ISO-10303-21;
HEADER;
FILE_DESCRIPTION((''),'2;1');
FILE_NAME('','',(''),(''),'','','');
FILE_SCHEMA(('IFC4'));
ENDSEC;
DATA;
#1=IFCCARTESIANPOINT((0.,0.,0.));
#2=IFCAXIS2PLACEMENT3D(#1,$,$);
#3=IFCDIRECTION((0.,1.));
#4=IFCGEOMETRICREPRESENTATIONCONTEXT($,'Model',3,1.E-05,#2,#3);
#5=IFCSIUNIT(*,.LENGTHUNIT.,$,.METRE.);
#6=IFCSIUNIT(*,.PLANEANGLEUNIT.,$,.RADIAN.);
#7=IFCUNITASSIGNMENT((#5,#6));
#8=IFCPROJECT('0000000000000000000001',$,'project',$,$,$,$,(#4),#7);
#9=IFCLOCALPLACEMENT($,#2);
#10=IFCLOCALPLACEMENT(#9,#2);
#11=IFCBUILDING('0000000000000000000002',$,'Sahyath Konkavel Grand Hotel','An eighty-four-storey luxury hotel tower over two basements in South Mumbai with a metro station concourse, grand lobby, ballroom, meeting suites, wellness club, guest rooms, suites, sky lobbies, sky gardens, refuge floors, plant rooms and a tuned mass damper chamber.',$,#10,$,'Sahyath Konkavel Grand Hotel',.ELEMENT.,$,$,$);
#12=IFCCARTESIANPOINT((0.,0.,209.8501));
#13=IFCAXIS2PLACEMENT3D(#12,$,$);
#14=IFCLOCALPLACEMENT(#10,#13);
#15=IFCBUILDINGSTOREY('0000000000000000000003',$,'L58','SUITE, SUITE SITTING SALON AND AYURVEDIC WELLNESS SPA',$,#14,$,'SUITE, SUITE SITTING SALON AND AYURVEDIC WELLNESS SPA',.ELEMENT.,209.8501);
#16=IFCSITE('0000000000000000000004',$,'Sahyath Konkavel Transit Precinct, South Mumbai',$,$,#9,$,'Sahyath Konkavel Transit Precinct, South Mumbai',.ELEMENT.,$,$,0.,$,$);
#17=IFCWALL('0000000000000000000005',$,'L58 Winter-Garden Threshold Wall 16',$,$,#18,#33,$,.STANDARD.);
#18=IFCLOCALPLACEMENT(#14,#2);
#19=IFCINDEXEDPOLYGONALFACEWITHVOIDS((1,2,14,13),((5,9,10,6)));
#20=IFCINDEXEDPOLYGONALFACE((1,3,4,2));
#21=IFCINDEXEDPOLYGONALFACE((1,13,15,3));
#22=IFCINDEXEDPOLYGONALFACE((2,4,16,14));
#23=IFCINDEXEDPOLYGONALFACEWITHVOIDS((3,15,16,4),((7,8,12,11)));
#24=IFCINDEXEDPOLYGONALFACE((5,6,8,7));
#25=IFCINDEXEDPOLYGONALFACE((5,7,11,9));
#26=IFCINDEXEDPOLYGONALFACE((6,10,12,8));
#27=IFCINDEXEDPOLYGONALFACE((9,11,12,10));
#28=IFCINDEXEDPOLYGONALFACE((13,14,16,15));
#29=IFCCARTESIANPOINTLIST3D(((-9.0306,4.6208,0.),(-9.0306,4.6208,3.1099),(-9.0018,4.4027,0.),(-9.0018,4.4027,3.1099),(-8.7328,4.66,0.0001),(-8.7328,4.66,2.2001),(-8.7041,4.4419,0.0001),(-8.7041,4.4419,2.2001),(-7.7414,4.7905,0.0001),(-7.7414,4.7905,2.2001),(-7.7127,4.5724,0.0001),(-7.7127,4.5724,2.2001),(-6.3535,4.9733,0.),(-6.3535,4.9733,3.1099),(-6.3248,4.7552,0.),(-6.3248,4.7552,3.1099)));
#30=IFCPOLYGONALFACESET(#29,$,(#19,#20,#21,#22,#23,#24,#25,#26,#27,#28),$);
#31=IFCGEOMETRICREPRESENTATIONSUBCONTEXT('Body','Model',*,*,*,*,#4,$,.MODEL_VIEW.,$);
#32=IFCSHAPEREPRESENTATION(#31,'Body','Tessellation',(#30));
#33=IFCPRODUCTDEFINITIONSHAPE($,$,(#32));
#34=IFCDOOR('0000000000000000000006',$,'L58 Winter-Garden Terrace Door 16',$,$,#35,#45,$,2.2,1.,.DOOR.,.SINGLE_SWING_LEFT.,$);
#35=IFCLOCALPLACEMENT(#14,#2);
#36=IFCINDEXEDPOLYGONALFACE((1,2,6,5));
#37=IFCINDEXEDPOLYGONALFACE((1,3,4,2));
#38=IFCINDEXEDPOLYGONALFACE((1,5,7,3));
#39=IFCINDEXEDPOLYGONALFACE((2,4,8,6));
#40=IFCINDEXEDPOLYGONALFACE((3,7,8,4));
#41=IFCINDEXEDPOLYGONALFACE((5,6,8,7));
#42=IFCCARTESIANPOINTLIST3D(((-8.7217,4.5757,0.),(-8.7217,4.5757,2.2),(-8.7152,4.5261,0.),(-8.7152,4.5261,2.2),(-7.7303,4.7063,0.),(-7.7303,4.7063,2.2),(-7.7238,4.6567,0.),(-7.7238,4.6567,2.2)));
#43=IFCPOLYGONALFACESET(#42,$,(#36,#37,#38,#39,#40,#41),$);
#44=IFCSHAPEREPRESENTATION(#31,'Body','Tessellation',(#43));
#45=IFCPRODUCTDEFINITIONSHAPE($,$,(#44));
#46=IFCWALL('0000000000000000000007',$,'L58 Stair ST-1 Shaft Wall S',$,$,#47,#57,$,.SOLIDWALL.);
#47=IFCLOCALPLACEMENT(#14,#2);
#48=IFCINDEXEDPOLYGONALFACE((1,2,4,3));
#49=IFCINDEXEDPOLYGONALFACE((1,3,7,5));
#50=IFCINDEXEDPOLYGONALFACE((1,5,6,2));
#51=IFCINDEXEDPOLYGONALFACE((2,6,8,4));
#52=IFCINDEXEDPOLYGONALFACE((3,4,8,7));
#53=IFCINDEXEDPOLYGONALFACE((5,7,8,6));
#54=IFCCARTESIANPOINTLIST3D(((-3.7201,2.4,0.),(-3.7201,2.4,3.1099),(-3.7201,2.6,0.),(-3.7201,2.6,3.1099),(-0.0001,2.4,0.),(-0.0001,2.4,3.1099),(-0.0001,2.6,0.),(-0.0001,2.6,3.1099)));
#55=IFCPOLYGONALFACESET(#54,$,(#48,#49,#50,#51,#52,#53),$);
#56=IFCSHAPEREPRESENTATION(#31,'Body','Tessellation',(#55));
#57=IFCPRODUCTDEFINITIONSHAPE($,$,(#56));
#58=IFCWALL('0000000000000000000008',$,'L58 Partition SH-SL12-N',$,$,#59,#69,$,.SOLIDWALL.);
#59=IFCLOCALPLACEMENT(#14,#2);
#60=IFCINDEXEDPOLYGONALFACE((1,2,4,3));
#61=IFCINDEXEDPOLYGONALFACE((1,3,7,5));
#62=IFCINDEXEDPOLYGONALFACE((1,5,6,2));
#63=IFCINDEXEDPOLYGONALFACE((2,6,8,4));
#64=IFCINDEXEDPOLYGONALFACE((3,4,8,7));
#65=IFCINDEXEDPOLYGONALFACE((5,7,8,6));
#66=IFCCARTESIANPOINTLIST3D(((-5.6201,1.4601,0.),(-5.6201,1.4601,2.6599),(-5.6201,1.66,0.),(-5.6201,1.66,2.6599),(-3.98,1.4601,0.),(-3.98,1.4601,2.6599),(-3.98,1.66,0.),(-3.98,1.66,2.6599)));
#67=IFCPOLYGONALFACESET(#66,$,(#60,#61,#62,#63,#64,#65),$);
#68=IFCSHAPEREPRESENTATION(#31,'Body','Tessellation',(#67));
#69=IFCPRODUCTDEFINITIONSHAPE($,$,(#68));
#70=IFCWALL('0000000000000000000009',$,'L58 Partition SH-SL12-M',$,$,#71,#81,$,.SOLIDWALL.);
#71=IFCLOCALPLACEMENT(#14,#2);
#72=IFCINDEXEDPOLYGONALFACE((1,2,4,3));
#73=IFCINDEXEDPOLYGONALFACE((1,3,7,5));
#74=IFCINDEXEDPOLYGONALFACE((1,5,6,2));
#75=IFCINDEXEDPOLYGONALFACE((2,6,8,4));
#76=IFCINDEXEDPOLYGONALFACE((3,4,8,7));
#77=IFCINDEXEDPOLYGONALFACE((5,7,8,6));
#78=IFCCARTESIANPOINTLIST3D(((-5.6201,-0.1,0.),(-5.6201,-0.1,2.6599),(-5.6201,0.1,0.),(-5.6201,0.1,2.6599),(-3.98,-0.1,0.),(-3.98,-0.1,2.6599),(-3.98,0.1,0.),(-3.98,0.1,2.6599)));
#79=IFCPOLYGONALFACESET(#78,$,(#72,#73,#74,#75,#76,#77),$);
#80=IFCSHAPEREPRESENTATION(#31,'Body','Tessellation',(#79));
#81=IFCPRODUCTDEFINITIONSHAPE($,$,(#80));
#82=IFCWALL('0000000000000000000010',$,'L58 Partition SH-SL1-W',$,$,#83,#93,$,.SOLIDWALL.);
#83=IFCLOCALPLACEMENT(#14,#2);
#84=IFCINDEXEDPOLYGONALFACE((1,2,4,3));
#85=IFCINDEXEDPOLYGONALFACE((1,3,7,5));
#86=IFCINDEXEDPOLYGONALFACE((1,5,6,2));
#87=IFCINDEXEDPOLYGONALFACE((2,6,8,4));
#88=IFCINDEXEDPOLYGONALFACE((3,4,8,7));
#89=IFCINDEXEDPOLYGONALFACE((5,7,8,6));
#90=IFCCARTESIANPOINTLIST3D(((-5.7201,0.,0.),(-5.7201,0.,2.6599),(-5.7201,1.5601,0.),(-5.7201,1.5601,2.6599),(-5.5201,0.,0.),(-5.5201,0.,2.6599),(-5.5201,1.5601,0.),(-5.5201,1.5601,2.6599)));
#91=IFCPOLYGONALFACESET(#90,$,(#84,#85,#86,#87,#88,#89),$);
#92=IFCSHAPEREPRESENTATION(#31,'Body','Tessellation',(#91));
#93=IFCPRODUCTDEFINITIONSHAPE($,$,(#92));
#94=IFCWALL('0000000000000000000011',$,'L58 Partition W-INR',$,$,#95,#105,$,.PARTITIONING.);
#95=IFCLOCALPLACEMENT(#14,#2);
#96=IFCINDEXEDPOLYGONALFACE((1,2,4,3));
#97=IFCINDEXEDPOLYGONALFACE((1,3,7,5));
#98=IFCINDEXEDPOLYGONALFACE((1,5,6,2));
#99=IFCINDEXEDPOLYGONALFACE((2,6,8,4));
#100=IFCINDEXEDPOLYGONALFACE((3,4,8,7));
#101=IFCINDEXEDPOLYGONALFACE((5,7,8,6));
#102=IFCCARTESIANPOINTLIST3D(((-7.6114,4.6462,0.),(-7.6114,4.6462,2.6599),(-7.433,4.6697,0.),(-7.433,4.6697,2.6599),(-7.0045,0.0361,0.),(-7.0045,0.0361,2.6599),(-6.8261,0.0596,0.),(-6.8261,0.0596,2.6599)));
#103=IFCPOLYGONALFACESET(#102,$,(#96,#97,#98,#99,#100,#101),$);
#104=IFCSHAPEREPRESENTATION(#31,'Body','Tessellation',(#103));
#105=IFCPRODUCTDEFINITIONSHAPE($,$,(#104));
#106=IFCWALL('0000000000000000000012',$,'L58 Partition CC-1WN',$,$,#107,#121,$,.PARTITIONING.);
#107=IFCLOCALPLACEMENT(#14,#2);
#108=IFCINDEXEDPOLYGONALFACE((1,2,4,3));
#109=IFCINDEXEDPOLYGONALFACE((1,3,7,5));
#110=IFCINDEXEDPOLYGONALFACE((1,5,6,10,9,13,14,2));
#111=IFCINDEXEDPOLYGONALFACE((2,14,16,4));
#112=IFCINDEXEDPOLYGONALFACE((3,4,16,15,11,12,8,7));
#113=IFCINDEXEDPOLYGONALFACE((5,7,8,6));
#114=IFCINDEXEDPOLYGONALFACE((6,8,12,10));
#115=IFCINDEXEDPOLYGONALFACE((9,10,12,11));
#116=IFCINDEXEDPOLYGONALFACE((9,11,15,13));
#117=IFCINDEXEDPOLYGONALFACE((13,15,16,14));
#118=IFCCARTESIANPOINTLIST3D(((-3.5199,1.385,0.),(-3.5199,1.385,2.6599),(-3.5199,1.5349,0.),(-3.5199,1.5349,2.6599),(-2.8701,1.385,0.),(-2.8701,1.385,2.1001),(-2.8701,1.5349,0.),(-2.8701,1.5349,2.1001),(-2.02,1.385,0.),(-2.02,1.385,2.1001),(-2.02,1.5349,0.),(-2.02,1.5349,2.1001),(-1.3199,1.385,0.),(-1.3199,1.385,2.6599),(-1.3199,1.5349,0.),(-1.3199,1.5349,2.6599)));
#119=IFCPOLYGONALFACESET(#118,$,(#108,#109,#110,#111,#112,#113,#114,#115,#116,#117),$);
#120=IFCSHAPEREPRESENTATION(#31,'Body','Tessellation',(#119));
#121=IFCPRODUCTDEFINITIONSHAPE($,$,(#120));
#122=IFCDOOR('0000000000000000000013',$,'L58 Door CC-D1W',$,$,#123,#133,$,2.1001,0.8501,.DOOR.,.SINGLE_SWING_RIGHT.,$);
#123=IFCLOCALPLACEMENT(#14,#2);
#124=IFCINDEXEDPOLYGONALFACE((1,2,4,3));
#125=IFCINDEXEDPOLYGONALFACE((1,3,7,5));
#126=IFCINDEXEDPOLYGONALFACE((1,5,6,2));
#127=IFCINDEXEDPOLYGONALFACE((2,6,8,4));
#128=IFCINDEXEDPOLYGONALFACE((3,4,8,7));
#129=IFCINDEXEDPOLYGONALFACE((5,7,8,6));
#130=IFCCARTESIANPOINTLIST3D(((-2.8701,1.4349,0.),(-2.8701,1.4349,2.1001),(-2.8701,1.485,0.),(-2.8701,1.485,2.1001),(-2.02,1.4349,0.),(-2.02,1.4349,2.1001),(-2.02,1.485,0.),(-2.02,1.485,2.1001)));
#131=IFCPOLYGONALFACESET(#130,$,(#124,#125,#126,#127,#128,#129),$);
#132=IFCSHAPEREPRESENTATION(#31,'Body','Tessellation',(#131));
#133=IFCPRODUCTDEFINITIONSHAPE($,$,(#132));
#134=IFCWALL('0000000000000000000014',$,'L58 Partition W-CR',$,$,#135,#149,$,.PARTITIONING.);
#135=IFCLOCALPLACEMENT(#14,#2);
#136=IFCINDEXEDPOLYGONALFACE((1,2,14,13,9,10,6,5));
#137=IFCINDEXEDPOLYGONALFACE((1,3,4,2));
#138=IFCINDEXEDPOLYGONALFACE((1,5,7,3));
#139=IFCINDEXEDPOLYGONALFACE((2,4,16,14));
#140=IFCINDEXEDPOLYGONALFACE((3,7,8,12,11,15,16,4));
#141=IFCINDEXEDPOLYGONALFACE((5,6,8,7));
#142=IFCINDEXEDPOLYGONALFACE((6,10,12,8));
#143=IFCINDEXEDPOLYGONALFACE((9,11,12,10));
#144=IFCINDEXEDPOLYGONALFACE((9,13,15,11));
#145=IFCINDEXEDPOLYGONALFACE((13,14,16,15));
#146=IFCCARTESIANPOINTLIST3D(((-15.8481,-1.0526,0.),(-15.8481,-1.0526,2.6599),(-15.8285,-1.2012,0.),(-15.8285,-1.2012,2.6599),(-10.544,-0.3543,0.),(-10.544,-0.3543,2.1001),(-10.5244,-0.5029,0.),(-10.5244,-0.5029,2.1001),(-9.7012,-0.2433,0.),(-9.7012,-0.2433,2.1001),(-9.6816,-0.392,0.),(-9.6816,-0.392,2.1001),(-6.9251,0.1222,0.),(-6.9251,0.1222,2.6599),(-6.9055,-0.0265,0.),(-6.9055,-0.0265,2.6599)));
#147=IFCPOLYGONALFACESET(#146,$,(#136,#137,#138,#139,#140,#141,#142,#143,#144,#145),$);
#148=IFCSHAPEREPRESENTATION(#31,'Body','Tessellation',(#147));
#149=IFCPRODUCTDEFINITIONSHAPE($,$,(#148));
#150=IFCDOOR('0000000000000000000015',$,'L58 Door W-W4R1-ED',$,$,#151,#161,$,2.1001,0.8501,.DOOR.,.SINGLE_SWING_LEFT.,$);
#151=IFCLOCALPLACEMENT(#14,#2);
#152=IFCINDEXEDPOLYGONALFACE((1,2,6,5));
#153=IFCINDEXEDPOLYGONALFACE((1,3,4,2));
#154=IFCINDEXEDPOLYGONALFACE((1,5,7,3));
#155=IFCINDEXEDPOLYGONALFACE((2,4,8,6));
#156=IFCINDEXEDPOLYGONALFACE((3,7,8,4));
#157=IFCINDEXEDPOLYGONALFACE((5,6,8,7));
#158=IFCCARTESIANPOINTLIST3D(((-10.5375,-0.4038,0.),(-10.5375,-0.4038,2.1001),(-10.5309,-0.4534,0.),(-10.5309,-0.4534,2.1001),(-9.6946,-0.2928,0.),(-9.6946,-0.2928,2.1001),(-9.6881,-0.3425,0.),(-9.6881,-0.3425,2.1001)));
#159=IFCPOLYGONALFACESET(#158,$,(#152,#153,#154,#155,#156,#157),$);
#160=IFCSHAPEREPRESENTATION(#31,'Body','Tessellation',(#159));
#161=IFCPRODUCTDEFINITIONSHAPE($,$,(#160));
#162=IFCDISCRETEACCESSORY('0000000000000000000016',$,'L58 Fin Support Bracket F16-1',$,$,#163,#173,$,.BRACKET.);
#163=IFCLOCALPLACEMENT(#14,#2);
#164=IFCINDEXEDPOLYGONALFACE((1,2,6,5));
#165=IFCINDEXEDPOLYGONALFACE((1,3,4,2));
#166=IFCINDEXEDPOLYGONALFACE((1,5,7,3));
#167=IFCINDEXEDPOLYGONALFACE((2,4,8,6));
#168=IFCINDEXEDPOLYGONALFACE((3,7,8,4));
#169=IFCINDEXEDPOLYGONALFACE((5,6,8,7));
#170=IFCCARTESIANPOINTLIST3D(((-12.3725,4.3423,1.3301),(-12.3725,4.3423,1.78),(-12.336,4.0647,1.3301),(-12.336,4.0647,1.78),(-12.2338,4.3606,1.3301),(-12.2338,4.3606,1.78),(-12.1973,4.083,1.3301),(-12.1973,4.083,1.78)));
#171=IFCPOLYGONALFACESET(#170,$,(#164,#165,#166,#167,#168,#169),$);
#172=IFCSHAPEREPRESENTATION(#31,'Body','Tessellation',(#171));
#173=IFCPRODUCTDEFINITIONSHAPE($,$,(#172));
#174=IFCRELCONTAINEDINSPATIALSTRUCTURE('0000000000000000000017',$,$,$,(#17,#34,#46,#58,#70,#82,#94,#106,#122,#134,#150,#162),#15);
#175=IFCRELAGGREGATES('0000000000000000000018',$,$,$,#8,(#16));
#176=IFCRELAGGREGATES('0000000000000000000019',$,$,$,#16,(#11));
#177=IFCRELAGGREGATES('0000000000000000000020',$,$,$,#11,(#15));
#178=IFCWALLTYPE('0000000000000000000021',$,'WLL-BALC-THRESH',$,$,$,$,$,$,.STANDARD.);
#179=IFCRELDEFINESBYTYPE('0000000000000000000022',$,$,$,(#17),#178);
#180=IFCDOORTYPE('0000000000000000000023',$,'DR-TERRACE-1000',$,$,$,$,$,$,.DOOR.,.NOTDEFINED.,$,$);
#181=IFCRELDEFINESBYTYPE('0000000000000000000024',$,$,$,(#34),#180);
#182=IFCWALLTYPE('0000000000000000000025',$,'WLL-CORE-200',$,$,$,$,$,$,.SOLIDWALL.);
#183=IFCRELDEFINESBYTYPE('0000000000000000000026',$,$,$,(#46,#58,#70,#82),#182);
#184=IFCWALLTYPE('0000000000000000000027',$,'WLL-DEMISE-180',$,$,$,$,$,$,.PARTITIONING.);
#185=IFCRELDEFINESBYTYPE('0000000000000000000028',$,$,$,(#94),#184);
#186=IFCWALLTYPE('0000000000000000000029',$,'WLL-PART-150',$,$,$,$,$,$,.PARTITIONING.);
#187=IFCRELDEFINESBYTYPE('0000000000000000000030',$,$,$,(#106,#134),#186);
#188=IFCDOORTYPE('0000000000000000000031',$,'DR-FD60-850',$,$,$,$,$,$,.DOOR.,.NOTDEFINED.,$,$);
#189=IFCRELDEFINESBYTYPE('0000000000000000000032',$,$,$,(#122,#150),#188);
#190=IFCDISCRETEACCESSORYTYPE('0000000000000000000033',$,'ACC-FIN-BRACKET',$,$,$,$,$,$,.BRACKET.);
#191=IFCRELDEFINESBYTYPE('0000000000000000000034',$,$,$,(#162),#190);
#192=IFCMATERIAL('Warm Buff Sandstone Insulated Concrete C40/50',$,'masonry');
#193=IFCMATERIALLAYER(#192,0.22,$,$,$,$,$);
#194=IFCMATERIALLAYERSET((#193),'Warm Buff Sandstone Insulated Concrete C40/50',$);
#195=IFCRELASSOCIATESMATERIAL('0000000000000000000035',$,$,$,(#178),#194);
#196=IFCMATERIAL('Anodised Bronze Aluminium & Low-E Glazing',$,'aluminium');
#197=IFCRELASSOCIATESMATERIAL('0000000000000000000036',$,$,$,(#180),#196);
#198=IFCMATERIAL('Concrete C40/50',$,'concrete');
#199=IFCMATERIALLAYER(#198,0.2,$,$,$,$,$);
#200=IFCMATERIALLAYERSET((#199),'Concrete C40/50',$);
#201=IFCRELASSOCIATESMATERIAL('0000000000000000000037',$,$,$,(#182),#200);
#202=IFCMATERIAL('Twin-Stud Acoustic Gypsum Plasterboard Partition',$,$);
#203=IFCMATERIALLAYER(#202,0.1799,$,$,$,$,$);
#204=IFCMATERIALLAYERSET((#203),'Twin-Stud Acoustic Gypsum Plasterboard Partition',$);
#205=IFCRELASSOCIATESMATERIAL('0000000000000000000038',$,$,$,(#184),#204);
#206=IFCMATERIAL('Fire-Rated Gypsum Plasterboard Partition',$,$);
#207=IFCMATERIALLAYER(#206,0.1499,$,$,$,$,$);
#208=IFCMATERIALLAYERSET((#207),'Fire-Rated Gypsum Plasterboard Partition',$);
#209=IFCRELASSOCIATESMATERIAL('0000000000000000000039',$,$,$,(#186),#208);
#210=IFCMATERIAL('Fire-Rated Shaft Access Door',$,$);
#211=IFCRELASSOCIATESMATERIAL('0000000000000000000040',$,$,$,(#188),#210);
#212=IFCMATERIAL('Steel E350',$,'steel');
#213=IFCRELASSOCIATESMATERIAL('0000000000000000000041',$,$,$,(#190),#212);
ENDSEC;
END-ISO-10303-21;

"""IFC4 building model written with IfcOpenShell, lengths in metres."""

from ifc_helpers import new_model, si_unit, direction, frame, frame_2d, origin, origin_2d, place, context, subcontext, project, spatial, rectangle, extrude, source, transform, mapped, material, layer, layer_set, type_object, element, fill, save


model = new_model("IFC4")

# Units and contexts
model_context = context("Model", 3, precision=1e-05, world=origin(), true_north=direction((0.0, 1.0)))
body_context = subcontext(model_context, "Body", "Model", "MODEL_VIEW")
ifc_project = project(units=[si_unit("LENGTHUNIT", "METRE"), si_unit("PLANEANGLEUNIT", "RADIAN")], contexts=[model_context])

# Site, building, storey
site_placement = place(None, origin())
site = spatial("IfcSite", under=ifc_project, at=site_placement, Name="Sahyath Konkavel Transit Precinct, South Mumbai", LongName="Sahyath Konkavel Transit Precinct, South Mumbai", CompositionType="ELEMENT", RefElevation=0.0)
building_placement = place(site_placement, origin())
building = spatial("IfcBuilding", under=site, at=building_placement, Name="Sahyath Konkavel Grand Hotel", Description="An eighty-four-storey luxury hotel tower over two basements in South Mumbai with a metro station concourse, grand lobby, ballroom, meeting suites, wellness club, guest rooms, suites, sky lobbies, sky gardens, refuge floors, plant rooms and a tuned mass damper chamber.", LongName="Sahyath Konkavel Grand Hotel", CompositionType="ELEMENT")
storey_placement = place(building_placement, frame((0.0, 0.0, 209.8501)))
storey = spatial("IfcBuildingStorey", under=building, at=storey_placement, Name="L58", Description="SUITE, SUITE SITTING SALON AND AYURVEDIC WELLNESS SPA", LongName="SUITE, SUITE SITTING SALON AND AYURVEDIC WELLNESS SPA", CompositionType="ELEMENT", Elevation=209.8501)

# Shared definitions
ifc_material_1 = material(Name="Concrete C40/50", Category="concrete")

# Shared definitions
ifc_material_2 = material(Name="Steel E350", Category="steel")

# Shared definitions
ifc_material_3 = material(Name="Anodised Bronze Aluminium & Low-E Glazing", Category="aluminium")

# Wall, opening, door
ifc_material_4 = material(Name="Warm Buff Sandstone Insulated Concrete C40/50", Category="masonry")
ifc_layer_1 = layer(ifc_material_4, 0.22)
ifc_layer_set_1 = layer_set([ifc_layer_1], Name="Warm Buff Sandstone Insulated Concrete C40/50")
wall_type_1 = type_object("IfcWallType", Name="WLL-BALC-THRESH", PredefinedType="STANDARD", material=ifc_layer_set_1)
wall_1_placement = place(storey_placement, frame((-6.3391, 4.8643, 0.0), z_axis=(0.0, 0.0, 1.0), x_axis=(-0.99144, -0.130564, 0.0)))
wall_1 = element("IfcWall", 1, at=wall_1_placement, inside=storey, type_object=wall_type_1, Name="L58 Winter-Garden Threshold Wall 16", PredefinedType="STANDARD", context=body_context, shape_type="SweptSolid", body=[
    extrude(rectangle(XDim=2.7002, YDim=0.22, at=frame_2d((1.3501, 0.0))), origin(), (0.0, 0.0, 1.0), 3.1099),
])
opening_1_placement = place(wall_1_placement, frame((1.3999, 0.0, 0.0)))
opening_1 = element("IfcOpeningElement", 2, at=opening_1_placement, cuts=wall_1, PredefinedType="OPENING", context=body_context, shape_type="SweptSolid", body=[
    extrude(rectangle(XDim=1.0, YDim=2.2, at=frame_2d((0.5, 1.1001))), frame((0.0, 0.1201, 0.0), z_axis=(0.0, -1.0, 0.0), x_axis=(1.0, 0.0, 0.0)), (0.0, 0.0, 1.0), 0.24),
])
door_type_1 = type_object("IfcDoorType", Name="DR-TERRACE-1000", OperationType="NOTDEFINED", PredefinedType="DOOR", material=ifc_material_3)
shared_shape_1 = source(origin(), body_context, "Body", "SweptSolid", [
    extrude(rectangle(XDim=1.0, YDim=0.05, at=origin_2d()), origin(), (0.0, 0.0, 1.0), 2.2),
])
door_1_placement = place(opening_1_placement, frame((0.5, 0.0, 0.0)))
door_1 = element("IfcDoor", 3, at=door_1_placement, inside=storey, type_object=door_type_1, Name="L58 Winter-Garden Terrace Door 16", OperationType="SINGLE_SWING_LEFT", OverallHeight=2.2, OverallWidth=1.0, PredefinedType="DOOR", context=body_context, shape_type="MappedRepresentation", body=[
    mapped(shared_shape_1, transform((0.0, 0.0, 0.0), scale=1.0)),
])
fill(opening_1, door_1)

# Walls
ifc_layer_2 = layer(ifc_material_1, 0.2)
ifc_layer_set_2 = layer_set([ifc_layer_2], Name="Concrete C40/50")
wall_type_2 = type_object("IfcWallType", Name="WLL-CORE-200", PredefinedType="SOLIDWALL", material=ifc_layer_set_2)
wall_2_placement = place(storey_placement, frame((-3.72, 2.5, 0.0), z_axis=(0.0, 0.0, 1.0), x_axis=(1.0, 0.0, 0.0)))
element("IfcWall", 4, at=wall_2_placement, inside=storey, type_object=wall_type_2, Name="L58 Stair ST-1 Shaft Wall S", PredefinedType="SOLIDWALL", context=body_context, shape_type="SweptSolid", body=[
    extrude(rectangle(XDim=3.72, YDim=0.2, at=frame_2d((1.8599, 0.0))), origin(), (0.0, 0.0, 1.0), 3.1099),
])
for number, where, z_axis, x_axis, name in (
    (5, (-5.6201, 1.5601, 0.0), (0.0, 0.0, 1.0), (1.0, 0.0, 0.0), "L58 Partition SH-SL12-N"),
    (6, (-5.6201, 0.0, 0.0), (0.0, 0.0, 1.0), (1.0, 0.0, 0.0), "L58 Partition SH-SL12-M"),
):
    element("IfcWall", number, at=place(storey_placement, frame(where, z_axis=z_axis, x_axis=x_axis)), inside=storey, type_object=wall_type_2, Name=name, PredefinedType="SOLIDWALL", context=body_context, shape_type="SweptSolid", body=[
        extrude(rectangle(XDim=1.6401, YDim=0.2, at=frame_2d((0.8201, 0.0))), origin(), (0.0, 0.0, 1.0), 2.6599),
    ])
wall_3_placement = place(storey_placement, frame((-5.6201, 0.0, 0.0), z_axis=(0.0, 0.0, 1.0), x_axis=(0.0, 1.0, 0.0)))
element("IfcWall", 7, at=wall_3_placement, inside=storey, type_object=wall_type_2, Name="L58 Partition SH-SL1-W", PredefinedType="SOLIDWALL", context=body_context, shape_type="SweptSolid", body=[
    extrude(rectangle(XDim=1.5601, YDim=0.2, at=frame_2d((0.78, 0.0))), origin(), (0.0, 0.0, 1.0), 2.6599),
])
ifc_material_5 = material(Name="Twin-Stud Acoustic Gypsum Plasterboard Partition")
ifc_layer_3 = layer(ifc_material_5, 0.1799)
ifc_layer_set_3 = layer_set([ifc_layer_3], Name="Twin-Stud Acoustic Gypsum Plasterboard Partition")
wall_type_3 = type_object("IfcWallType", Name="WLL-DEMISE-180", PredefinedType="PARTITIONING", material=ifc_layer_set_3)
wall_4_placement = place(storey_placement, frame((-7.5222, 4.658, 0.0), z_axis=(0.0, 0.0, 1.0), x_axis=(0.130526, -0.991445, 0.0)))
element("IfcWall", 8, at=wall_4_placement, inside=storey, type_object=wall_type_3, Name="L58 Partition W-INR", PredefinedType="PARTITIONING", context=body_context, shape_type="SweptSolid", body=[
    extrude(rectangle(XDim=4.6499, YDim=0.1799, at=frame_2d((2.325, 0.0))), origin(), (0.0, 0.0, 1.0), 2.6599),
])

# Walls, openings, doors
ifc_material_6 = material(Name="Fire-Rated Gypsum Plasterboard Partition")
ifc_layer_4 = layer(ifc_material_6, 0.1499)
ifc_layer_set_4 = layer_set([ifc_layer_4], Name="Fire-Rated Gypsum Plasterboard Partition")
wall_type_4 = type_object("IfcWallType", Name="WLL-PART-150", PredefinedType="PARTITIONING", material=ifc_layer_set_4)
wall_5_placement = place(storey_placement, frame((-3.52, 1.46, 0.0), z_axis=(0.0, 0.0, 1.0), x_axis=(1.0, 0.0, 0.0)))
wall_5 = element("IfcWall", 9, at=wall_5_placement, inside=storey, type_object=wall_type_4, Name="L58 Partition CC-1WN", PredefinedType="PARTITIONING", context=body_context, shape_type="SweptSolid", body=[
    extrude(rectangle(XDim=2.2, YDim=0.1499, at=frame_2d((1.1001, 0.0))), origin(), (0.0, 0.0, 1.0), 2.6599),
])
opening_2_placement = place(wall_5_placement, frame((0.6499, 0.0, 0.0)))
opening_2 = element("IfcOpeningElement", 10, at=opening_2_placement, cuts=wall_5, PredefinedType="OPENING", context=body_context, shape_type="SweptSolid", body=[
    extrude(rectangle(XDim=0.8501, YDim=2.1001, at=frame_2d((0.425, 1.05))), frame((0.0, 0.085, 0.0), z_axis=(0.0, -1.0, 0.0), x_axis=(1.0, 0.0, 0.0)), (0.0, 0.0, 1.0), 0.1699),
])
ifc_material_7 = material(Name="Fire-Rated Shaft Access Door")
door_type_2 = type_object("IfcDoorType", Name="DR-FD60-850", OperationType="NOTDEFINED", PredefinedType="DOOR", material=ifc_material_7)
shared_shape_2 = source(origin(), body_context, "Body", "SweptSolid", [
    extrude(rectangle(XDim=0.8501, YDim=0.05, at=origin_2d()), origin(), (0.0, 0.0, 1.0), 2.1001),
])
door_2_placement = place(opening_2_placement, frame((0.425, 0.0, 0.0)))
door_2 = element("IfcDoor", 11, at=door_2_placement, inside=storey, type_object=door_type_2, Name="L58 Door CC-D1W", OperationType="SINGLE_SWING_RIGHT", OverallHeight=2.1001, OverallWidth=0.8501, PredefinedType="DOOR", context=body_context, shape_type="MappedRepresentation", body=[
    mapped(shared_shape_2, transform((0.0, 0.0, 0.0), scale=1.0)),
])
fill(opening_2, door_2)
wall_6_placement = place(storey_placement, frame((-6.9153, 0.0479, 0.0), z_axis=(0.0, 0.0, 1.0), x_axis=(-0.991444, -0.130532, 0.0)))
wall_6 = element("IfcWall", 12, at=wall_6_placement, inside=storey, type_object=wall_type_4, Name="L58 Partition W-CR", PredefinedType="PARTITIONING", context=body_context, shape_type="SweptSolid", body=[
    extrude(rectangle(XDim=9.0, YDim=0.1499, at=frame_2d((4.5, 0.0))), origin(), (0.0, 0.0, 1.0), 2.6599),
])
opening_3_placement = place(wall_6_placement, frame((2.8, 0.0, 0.0)))
opening_3 = element("IfcOpeningElement", 13, at=opening_3_placement, cuts=wall_6, PredefinedType="OPENING", context=body_context, shape_type="SweptSolid", body=[
    extrude(rectangle(XDim=0.8501, YDim=2.1001, at=frame_2d((0.425, 1.05))), frame((0.0, 0.085, 0.0), z_axis=(0.0, -1.0, 0.0), x_axis=(1.0, 0.0, 0.0)), (0.0, 0.0, 1.0), 0.1699),
])
door_3_placement = place(opening_3_placement, frame((0.425, 0.0, 0.0)))
door_3 = element("IfcDoor", 14, at=door_3_placement, inside=storey, type_object=door_type_2, Name="L58 Door W-W4R1-ED", OperationType="SINGLE_SWING_LEFT", OverallHeight=2.1001, OverallWidth=0.8501, PredefinedType="DOOR", context=body_context, shape_type="MappedRepresentation", body=[
    mapped(shared_shape_2, transform((0.0, 0.0, 0.0), scale=1.0)),
])
fill(opening_3, door_3)

# Discrete accessory
discrete_accessory_type = type_object("IfcDiscreteAccessoryType", Name="ACC-FIN-BRACKET", PredefinedType="BRACKET", material=ifc_material_2)
shared_shape_3 = source(origin(), body_context, "Body", "SweptSolid", [
    extrude(rectangle(XDim=0.28, YDim=0.1399, at=origin_2d()), origin(), (0.0, 0.0, 1.0), 0.45),
])
discrete_accessory_placement = place(storey_placement, frame((-12.2849, 4.2126, 1.3301), z_axis=(0.0, 0.0, 1.0), x_axis=(-0.130526, 0.991445, 0.0)))
element("IfcDiscreteAccessory", 15, at=discrete_accessory_placement, inside=storey, type_object=discrete_accessory_type, Name="L58 Fin Support Bracket F16-1", PredefinedType="BRACKET", context=body_context, shape_type="MappedRepresentation", body=[
    mapped(shared_shape_3, transform((0.0, 0.0, 0.0), scale=1.0)),
])

save(model, "model.ifc")
